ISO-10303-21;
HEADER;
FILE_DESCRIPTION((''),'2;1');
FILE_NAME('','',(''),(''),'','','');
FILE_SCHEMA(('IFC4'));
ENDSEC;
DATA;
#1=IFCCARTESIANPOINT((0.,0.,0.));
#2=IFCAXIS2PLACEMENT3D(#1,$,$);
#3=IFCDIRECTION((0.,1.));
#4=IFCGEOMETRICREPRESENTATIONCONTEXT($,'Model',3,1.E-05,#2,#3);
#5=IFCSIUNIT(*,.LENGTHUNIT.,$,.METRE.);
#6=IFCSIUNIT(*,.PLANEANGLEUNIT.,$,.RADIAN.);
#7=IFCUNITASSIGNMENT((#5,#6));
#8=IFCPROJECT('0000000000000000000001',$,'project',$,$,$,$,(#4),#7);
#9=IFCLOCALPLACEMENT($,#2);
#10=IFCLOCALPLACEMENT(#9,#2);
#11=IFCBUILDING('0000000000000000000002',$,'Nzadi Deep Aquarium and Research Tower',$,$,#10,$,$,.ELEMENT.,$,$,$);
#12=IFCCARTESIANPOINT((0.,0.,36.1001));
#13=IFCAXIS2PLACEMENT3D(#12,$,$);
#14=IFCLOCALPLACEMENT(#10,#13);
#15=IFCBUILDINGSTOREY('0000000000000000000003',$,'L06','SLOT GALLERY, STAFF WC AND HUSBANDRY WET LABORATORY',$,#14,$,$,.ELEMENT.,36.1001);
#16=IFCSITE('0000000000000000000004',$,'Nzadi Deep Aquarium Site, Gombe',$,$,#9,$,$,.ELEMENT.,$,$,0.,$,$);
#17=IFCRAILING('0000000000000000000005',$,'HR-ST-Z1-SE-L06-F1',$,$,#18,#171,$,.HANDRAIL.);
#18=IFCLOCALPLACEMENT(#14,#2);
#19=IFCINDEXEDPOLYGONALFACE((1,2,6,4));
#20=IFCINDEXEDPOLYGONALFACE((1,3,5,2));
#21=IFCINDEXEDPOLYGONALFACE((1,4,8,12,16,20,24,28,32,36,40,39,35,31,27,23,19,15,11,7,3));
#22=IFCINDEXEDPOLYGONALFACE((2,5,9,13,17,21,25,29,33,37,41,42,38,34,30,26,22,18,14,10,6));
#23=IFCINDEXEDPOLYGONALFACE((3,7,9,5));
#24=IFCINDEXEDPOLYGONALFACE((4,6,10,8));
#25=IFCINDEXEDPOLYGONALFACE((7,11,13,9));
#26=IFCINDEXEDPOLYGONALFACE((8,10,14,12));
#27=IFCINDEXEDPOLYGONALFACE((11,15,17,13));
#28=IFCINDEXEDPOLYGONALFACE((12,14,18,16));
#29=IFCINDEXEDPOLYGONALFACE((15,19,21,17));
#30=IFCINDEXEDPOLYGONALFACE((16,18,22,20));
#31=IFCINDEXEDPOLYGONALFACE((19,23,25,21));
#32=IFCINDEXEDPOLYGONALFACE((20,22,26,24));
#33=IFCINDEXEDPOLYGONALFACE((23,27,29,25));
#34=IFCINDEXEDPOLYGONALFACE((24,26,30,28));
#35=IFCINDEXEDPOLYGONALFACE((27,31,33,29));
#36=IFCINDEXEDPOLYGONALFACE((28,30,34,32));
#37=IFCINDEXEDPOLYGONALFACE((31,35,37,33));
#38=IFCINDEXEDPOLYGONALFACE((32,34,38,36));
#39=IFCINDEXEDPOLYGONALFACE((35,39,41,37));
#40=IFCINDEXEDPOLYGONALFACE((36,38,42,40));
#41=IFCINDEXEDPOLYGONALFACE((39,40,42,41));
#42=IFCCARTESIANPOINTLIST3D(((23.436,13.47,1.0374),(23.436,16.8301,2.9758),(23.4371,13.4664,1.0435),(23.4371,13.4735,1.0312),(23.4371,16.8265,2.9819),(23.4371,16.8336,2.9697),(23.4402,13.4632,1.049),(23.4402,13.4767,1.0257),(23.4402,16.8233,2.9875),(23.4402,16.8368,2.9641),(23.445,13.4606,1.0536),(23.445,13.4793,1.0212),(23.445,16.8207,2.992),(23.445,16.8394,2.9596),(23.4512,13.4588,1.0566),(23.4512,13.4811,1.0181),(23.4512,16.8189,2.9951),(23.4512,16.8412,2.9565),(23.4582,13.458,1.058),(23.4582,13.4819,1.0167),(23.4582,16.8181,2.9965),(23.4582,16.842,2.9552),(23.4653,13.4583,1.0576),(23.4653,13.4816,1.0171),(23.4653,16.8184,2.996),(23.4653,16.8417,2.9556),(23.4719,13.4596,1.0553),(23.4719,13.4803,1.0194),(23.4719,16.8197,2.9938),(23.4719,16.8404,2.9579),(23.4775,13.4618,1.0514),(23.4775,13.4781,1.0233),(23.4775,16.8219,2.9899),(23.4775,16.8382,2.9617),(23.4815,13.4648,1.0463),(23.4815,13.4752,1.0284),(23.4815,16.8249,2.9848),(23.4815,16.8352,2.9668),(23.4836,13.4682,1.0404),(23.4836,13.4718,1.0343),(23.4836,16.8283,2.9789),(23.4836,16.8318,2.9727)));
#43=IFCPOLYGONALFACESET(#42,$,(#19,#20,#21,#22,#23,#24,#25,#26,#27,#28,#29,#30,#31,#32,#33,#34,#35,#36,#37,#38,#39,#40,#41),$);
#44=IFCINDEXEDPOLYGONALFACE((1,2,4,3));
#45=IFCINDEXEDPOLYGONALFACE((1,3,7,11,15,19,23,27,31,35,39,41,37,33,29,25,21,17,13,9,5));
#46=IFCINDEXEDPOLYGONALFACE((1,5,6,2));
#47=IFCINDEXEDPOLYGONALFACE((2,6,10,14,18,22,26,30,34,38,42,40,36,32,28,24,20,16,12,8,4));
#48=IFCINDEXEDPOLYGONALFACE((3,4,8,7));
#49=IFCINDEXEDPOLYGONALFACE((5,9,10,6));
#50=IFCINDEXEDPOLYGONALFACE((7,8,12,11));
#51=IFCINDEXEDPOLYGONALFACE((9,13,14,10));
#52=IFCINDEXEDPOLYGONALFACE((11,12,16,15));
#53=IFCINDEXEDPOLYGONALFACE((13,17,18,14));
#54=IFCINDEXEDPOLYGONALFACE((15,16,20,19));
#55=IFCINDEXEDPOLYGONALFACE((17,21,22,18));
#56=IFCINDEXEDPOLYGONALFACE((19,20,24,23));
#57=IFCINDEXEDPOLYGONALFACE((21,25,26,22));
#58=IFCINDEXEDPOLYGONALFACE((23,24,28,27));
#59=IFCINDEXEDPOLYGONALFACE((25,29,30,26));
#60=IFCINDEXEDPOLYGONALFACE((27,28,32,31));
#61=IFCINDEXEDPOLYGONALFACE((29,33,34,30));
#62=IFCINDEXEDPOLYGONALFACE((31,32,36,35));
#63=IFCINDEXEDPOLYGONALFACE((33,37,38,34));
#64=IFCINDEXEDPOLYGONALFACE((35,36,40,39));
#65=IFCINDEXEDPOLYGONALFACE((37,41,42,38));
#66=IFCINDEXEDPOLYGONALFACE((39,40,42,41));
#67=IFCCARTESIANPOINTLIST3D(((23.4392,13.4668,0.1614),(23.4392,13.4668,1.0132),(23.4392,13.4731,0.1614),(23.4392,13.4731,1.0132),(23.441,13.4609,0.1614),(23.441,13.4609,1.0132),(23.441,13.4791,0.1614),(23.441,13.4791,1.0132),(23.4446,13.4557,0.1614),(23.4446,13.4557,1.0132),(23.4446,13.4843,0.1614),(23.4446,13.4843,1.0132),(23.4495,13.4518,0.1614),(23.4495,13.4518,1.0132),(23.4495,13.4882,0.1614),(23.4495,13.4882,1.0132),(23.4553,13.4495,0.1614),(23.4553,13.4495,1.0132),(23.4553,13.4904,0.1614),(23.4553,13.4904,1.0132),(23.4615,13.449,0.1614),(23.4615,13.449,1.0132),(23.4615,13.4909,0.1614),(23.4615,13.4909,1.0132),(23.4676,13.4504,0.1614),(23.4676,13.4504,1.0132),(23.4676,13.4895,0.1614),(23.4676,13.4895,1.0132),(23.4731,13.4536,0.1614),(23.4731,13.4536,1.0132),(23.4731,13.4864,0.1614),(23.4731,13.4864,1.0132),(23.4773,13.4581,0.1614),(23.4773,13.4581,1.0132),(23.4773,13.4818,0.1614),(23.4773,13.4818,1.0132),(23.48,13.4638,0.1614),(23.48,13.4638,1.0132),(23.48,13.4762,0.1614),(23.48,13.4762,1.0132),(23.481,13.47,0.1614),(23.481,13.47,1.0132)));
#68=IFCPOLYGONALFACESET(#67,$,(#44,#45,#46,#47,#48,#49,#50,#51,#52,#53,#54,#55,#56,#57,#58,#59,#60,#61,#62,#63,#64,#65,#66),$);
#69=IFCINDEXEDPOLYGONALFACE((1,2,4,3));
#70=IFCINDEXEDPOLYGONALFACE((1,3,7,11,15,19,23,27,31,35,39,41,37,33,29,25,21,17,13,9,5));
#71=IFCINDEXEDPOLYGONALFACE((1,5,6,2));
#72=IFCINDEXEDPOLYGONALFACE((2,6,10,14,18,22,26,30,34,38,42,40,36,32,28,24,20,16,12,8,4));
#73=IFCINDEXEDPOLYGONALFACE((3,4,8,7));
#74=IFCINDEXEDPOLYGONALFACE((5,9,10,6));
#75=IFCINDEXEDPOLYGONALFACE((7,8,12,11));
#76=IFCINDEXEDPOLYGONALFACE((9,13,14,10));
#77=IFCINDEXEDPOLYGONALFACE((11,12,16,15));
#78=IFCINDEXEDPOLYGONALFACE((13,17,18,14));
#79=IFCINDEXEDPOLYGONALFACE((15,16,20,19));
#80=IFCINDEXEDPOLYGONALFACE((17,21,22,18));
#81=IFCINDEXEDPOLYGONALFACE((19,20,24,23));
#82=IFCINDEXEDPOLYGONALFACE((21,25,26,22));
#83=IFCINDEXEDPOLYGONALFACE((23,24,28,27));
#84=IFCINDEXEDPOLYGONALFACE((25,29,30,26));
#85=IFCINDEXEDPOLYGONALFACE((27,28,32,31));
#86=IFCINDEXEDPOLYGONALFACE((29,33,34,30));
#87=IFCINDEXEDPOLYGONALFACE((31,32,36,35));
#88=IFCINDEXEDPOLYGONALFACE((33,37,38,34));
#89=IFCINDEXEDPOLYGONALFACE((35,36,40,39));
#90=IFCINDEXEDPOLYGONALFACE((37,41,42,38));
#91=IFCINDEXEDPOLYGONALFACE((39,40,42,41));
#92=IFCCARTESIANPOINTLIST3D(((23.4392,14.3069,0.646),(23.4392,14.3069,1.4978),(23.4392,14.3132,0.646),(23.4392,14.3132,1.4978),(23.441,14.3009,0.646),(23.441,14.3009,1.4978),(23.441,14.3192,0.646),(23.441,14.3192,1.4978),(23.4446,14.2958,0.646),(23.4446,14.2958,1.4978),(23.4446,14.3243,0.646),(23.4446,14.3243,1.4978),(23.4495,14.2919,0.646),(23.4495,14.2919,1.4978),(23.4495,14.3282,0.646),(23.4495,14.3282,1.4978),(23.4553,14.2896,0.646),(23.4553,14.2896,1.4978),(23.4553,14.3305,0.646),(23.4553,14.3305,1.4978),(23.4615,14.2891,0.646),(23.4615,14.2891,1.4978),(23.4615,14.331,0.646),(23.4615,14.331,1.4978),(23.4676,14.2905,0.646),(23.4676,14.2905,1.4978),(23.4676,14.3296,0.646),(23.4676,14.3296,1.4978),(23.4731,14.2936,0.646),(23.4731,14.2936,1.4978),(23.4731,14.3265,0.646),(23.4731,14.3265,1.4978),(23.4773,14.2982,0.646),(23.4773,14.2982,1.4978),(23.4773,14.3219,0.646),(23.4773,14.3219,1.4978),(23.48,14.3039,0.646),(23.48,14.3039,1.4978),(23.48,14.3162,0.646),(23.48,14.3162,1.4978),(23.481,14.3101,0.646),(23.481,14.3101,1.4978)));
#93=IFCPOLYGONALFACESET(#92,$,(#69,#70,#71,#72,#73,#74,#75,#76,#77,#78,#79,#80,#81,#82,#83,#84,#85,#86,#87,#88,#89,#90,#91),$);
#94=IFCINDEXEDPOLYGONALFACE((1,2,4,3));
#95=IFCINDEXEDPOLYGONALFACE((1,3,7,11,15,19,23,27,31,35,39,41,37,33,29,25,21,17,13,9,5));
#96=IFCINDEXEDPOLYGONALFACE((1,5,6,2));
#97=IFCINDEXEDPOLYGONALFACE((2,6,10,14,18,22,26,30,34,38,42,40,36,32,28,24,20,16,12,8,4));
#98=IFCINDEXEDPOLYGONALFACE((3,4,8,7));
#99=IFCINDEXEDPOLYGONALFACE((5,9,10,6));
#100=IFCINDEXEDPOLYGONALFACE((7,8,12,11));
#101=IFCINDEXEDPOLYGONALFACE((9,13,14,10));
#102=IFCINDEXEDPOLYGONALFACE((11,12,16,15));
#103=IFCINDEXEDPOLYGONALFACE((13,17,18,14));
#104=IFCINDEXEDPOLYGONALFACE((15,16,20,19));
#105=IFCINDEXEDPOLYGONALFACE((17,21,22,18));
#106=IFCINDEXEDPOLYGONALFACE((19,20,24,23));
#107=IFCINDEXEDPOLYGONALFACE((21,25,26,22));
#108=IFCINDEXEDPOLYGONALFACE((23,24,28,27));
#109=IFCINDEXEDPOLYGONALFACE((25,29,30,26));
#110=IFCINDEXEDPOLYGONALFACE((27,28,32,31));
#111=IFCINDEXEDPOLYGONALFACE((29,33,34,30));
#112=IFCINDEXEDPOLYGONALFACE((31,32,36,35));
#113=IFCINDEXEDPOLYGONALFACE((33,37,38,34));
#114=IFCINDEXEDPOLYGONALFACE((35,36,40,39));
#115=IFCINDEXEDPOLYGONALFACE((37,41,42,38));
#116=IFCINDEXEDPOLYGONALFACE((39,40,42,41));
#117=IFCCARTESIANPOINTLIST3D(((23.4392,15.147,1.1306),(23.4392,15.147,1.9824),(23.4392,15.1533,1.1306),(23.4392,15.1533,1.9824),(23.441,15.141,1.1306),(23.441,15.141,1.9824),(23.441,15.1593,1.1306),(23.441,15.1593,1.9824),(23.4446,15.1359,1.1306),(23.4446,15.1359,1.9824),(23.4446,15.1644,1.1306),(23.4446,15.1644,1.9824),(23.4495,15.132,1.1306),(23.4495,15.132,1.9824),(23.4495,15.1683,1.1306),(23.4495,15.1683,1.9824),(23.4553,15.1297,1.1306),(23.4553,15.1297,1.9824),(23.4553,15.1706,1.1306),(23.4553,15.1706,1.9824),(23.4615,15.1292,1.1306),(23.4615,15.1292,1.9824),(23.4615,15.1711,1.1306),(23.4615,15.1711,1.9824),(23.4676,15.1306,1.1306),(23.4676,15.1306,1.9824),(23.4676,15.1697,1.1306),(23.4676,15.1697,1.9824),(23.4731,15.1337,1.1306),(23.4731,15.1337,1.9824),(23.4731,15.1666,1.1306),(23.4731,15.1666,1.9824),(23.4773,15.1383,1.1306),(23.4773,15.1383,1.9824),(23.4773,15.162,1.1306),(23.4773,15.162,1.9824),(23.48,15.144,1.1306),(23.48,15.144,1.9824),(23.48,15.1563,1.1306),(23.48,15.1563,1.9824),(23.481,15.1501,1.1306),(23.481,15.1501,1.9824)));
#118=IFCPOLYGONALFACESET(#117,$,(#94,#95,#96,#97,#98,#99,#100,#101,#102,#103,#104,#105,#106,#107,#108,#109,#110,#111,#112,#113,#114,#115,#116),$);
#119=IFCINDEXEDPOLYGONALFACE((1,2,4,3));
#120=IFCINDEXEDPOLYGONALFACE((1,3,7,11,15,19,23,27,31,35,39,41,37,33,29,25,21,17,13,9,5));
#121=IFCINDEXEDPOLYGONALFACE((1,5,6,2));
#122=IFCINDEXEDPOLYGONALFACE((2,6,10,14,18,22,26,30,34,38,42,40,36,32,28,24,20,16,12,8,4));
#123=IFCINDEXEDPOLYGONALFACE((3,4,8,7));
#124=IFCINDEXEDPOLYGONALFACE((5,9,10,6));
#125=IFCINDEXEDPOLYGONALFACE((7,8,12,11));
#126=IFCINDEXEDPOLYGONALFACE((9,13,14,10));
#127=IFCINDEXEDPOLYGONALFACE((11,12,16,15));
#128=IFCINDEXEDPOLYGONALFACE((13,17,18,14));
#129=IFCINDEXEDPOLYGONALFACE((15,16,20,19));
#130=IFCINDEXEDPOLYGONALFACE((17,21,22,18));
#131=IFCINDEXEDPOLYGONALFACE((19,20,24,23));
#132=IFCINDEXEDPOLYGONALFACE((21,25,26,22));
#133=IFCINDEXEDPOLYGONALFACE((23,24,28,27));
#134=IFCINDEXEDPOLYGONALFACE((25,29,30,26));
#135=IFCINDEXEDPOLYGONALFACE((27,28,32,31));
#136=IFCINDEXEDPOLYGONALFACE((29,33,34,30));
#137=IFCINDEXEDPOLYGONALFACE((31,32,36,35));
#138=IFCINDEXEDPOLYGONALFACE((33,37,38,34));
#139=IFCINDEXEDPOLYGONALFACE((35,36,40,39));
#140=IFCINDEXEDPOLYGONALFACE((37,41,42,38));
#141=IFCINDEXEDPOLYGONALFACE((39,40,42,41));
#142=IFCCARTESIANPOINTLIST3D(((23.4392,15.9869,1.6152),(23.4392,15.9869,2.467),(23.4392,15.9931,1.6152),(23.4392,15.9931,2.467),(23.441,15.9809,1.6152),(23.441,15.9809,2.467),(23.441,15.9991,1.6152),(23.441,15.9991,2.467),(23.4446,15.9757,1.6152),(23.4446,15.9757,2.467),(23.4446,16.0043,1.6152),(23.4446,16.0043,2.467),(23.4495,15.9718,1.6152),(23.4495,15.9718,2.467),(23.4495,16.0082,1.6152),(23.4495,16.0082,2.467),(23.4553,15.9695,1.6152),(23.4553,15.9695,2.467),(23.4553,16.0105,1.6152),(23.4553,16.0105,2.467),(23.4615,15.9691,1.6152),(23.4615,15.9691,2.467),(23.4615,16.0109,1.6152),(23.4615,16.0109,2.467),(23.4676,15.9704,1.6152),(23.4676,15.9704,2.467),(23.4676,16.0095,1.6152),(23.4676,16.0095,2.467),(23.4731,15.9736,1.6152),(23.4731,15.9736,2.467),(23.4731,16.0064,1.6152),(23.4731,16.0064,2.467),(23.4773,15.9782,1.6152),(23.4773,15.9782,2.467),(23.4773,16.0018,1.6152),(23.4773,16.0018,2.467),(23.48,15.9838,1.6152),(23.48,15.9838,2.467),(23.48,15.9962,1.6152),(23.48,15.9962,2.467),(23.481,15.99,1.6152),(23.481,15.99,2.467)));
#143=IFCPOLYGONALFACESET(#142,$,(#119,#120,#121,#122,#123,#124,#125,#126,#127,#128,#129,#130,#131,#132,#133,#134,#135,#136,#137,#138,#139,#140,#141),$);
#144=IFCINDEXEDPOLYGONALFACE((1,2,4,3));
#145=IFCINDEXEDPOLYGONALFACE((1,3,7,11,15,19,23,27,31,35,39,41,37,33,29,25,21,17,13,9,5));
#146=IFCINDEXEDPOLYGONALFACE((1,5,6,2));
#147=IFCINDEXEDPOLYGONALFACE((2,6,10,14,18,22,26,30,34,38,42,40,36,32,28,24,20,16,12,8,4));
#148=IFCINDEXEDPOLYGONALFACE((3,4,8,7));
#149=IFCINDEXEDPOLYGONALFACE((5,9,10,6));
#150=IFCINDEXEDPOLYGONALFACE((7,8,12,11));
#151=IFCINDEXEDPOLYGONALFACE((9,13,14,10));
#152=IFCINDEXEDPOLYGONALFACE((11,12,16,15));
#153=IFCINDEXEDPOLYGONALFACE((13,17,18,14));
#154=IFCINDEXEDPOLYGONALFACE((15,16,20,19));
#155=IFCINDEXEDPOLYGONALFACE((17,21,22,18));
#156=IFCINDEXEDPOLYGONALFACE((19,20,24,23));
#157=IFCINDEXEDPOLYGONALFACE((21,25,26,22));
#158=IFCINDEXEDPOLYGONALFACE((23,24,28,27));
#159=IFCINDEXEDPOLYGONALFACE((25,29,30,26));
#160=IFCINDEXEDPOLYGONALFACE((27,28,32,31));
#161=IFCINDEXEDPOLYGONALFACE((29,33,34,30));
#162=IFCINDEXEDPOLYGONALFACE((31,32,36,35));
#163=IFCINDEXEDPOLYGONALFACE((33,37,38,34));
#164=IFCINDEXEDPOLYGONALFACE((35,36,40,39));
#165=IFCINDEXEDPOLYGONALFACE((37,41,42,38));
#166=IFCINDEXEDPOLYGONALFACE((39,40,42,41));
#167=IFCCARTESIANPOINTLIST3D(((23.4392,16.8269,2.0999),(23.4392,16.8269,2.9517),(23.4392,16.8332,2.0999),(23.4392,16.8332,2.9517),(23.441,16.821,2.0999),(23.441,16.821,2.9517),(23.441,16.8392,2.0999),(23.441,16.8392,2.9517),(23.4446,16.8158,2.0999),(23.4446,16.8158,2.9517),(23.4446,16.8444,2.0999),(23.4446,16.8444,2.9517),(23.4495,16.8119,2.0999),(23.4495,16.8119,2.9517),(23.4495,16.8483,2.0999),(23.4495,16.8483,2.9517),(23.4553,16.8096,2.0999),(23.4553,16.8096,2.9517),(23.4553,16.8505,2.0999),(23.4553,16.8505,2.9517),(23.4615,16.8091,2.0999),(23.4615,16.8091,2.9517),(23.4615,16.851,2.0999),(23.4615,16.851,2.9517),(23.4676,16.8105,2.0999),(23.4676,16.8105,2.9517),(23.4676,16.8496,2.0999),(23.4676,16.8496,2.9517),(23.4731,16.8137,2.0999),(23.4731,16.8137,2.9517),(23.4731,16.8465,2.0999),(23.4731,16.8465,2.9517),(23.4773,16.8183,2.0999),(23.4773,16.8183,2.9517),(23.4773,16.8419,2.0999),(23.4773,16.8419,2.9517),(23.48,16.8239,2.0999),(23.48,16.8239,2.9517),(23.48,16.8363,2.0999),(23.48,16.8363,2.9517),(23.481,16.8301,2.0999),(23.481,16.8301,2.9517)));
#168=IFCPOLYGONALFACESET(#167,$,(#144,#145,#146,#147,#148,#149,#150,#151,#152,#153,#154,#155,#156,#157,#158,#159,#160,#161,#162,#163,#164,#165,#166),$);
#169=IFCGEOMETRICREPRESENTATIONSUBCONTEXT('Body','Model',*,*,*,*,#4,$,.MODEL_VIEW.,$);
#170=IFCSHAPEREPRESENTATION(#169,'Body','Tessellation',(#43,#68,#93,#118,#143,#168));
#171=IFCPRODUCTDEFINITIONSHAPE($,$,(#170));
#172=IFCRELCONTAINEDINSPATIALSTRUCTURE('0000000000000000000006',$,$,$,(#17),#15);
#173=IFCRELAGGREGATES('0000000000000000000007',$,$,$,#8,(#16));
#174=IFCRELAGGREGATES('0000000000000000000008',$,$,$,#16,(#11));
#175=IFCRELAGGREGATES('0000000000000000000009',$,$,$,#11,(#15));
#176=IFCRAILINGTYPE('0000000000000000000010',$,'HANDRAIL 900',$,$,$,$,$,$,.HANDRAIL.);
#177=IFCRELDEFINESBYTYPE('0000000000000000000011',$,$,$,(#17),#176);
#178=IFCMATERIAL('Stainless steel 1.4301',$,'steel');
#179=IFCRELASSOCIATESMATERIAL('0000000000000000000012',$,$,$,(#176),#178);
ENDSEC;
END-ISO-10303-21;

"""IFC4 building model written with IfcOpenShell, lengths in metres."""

from ifc_helpers import new_model, si_unit, direction, frame, origin, origin_2d, place, context, subcontext, project, spatial, circle, extrude, material, type_object, element, save


model = new_model("IFC4")

# Units and contexts
model_context = context("Model", 3, precision=1e-05, world=origin(), true_north=direction((0.0, 1.0)))
body_context = subcontext(model_context, "Body", "Model", "MODEL_VIEW")
ifc_project = project(units=[si_unit("LENGTHUNIT", "METRE"), si_unit("PLANEANGLEUNIT", "RADIAN")], contexts=[model_context])

# Site, building, storey
site_placement = place(None, origin())
site = spatial("IfcSite", under=ifc_project, at=site_placement, Name="Nzadi Deep Aquarium Site, Gombe", CompositionType="ELEMENT", RefElevation=0.0)
building_placement = place(site_placement, origin())
building = spatial("IfcBuilding", under=site, at=building_placement, Name="Nzadi Deep Aquarium and Research Tower", CompositionType="ELEMENT")
storey_placement = place(building_placement, frame((0.0, 0.0, 36.1001)))
storey = spatial("IfcBuildingStorey", under=building, at=storey_placement, Name="L06", Description="SLOT GALLERY, STAFF WC AND HUSBANDRY WET LABORATORY", CompositionType="ELEMENT", Elevation=36.1001)

# Railing
ifc_material_1 = material(Name="Stainless steel 1.4301", Category="steel")
railing_type = type_object("IfcRailingType", Name="HANDRAIL 900", PredefinedType="HANDRAIL", material=ifc_material_1)
for number, where, name in (
    (1, (23.46, 13.47, 0.1614), "HR-ST-Z1-SE-L06-F1"),
):
    element("IfcRailing", number, at=place(storey_placement, frame(where)), inside=storey, type_object=railing_type, Name=name, PredefinedType="HANDRAIL", context=body_context, shape_type="SweptSolid", body=[
        extrude(circle(Radius=0.0239, at=origin_2d()), frame((0.0, 0.0, 0.876), z_axis=(0.0, 0.866191, 0.499713), x_axis=(-1.0, 0.0, 0.0)), (0.0, 0.0, 1.0), 3.8792),
        extrude(circle(Radius=0.021, at=origin_2d()), origin(), (0.0, 0.0, 1.0), 0.8518),
        extrude(circle(Radius=0.021, at=origin_2d()), frame((0.0, 0.8401, 0.4846)), (0.0, 0.0, 1.0), 0.8518),
        extrude(circle(Radius=0.021, at=origin_2d()), frame((0.0, 1.6802, 0.9692)), (0.0, 0.0, 1.0), 0.8518),
        extrude(circle(Radius=0.021, at=origin_2d()), frame((0.0, 2.52, 1.4539)), (0.0, 0.0, 1.0), 0.8518),
        extrude(circle(Radius=0.021, at=origin_2d()), frame((0.0, 3.3601, 1.9385)), (0.0, 0.0, 1.0), 0.8518),
    ])

save(model, "model.ifc")
